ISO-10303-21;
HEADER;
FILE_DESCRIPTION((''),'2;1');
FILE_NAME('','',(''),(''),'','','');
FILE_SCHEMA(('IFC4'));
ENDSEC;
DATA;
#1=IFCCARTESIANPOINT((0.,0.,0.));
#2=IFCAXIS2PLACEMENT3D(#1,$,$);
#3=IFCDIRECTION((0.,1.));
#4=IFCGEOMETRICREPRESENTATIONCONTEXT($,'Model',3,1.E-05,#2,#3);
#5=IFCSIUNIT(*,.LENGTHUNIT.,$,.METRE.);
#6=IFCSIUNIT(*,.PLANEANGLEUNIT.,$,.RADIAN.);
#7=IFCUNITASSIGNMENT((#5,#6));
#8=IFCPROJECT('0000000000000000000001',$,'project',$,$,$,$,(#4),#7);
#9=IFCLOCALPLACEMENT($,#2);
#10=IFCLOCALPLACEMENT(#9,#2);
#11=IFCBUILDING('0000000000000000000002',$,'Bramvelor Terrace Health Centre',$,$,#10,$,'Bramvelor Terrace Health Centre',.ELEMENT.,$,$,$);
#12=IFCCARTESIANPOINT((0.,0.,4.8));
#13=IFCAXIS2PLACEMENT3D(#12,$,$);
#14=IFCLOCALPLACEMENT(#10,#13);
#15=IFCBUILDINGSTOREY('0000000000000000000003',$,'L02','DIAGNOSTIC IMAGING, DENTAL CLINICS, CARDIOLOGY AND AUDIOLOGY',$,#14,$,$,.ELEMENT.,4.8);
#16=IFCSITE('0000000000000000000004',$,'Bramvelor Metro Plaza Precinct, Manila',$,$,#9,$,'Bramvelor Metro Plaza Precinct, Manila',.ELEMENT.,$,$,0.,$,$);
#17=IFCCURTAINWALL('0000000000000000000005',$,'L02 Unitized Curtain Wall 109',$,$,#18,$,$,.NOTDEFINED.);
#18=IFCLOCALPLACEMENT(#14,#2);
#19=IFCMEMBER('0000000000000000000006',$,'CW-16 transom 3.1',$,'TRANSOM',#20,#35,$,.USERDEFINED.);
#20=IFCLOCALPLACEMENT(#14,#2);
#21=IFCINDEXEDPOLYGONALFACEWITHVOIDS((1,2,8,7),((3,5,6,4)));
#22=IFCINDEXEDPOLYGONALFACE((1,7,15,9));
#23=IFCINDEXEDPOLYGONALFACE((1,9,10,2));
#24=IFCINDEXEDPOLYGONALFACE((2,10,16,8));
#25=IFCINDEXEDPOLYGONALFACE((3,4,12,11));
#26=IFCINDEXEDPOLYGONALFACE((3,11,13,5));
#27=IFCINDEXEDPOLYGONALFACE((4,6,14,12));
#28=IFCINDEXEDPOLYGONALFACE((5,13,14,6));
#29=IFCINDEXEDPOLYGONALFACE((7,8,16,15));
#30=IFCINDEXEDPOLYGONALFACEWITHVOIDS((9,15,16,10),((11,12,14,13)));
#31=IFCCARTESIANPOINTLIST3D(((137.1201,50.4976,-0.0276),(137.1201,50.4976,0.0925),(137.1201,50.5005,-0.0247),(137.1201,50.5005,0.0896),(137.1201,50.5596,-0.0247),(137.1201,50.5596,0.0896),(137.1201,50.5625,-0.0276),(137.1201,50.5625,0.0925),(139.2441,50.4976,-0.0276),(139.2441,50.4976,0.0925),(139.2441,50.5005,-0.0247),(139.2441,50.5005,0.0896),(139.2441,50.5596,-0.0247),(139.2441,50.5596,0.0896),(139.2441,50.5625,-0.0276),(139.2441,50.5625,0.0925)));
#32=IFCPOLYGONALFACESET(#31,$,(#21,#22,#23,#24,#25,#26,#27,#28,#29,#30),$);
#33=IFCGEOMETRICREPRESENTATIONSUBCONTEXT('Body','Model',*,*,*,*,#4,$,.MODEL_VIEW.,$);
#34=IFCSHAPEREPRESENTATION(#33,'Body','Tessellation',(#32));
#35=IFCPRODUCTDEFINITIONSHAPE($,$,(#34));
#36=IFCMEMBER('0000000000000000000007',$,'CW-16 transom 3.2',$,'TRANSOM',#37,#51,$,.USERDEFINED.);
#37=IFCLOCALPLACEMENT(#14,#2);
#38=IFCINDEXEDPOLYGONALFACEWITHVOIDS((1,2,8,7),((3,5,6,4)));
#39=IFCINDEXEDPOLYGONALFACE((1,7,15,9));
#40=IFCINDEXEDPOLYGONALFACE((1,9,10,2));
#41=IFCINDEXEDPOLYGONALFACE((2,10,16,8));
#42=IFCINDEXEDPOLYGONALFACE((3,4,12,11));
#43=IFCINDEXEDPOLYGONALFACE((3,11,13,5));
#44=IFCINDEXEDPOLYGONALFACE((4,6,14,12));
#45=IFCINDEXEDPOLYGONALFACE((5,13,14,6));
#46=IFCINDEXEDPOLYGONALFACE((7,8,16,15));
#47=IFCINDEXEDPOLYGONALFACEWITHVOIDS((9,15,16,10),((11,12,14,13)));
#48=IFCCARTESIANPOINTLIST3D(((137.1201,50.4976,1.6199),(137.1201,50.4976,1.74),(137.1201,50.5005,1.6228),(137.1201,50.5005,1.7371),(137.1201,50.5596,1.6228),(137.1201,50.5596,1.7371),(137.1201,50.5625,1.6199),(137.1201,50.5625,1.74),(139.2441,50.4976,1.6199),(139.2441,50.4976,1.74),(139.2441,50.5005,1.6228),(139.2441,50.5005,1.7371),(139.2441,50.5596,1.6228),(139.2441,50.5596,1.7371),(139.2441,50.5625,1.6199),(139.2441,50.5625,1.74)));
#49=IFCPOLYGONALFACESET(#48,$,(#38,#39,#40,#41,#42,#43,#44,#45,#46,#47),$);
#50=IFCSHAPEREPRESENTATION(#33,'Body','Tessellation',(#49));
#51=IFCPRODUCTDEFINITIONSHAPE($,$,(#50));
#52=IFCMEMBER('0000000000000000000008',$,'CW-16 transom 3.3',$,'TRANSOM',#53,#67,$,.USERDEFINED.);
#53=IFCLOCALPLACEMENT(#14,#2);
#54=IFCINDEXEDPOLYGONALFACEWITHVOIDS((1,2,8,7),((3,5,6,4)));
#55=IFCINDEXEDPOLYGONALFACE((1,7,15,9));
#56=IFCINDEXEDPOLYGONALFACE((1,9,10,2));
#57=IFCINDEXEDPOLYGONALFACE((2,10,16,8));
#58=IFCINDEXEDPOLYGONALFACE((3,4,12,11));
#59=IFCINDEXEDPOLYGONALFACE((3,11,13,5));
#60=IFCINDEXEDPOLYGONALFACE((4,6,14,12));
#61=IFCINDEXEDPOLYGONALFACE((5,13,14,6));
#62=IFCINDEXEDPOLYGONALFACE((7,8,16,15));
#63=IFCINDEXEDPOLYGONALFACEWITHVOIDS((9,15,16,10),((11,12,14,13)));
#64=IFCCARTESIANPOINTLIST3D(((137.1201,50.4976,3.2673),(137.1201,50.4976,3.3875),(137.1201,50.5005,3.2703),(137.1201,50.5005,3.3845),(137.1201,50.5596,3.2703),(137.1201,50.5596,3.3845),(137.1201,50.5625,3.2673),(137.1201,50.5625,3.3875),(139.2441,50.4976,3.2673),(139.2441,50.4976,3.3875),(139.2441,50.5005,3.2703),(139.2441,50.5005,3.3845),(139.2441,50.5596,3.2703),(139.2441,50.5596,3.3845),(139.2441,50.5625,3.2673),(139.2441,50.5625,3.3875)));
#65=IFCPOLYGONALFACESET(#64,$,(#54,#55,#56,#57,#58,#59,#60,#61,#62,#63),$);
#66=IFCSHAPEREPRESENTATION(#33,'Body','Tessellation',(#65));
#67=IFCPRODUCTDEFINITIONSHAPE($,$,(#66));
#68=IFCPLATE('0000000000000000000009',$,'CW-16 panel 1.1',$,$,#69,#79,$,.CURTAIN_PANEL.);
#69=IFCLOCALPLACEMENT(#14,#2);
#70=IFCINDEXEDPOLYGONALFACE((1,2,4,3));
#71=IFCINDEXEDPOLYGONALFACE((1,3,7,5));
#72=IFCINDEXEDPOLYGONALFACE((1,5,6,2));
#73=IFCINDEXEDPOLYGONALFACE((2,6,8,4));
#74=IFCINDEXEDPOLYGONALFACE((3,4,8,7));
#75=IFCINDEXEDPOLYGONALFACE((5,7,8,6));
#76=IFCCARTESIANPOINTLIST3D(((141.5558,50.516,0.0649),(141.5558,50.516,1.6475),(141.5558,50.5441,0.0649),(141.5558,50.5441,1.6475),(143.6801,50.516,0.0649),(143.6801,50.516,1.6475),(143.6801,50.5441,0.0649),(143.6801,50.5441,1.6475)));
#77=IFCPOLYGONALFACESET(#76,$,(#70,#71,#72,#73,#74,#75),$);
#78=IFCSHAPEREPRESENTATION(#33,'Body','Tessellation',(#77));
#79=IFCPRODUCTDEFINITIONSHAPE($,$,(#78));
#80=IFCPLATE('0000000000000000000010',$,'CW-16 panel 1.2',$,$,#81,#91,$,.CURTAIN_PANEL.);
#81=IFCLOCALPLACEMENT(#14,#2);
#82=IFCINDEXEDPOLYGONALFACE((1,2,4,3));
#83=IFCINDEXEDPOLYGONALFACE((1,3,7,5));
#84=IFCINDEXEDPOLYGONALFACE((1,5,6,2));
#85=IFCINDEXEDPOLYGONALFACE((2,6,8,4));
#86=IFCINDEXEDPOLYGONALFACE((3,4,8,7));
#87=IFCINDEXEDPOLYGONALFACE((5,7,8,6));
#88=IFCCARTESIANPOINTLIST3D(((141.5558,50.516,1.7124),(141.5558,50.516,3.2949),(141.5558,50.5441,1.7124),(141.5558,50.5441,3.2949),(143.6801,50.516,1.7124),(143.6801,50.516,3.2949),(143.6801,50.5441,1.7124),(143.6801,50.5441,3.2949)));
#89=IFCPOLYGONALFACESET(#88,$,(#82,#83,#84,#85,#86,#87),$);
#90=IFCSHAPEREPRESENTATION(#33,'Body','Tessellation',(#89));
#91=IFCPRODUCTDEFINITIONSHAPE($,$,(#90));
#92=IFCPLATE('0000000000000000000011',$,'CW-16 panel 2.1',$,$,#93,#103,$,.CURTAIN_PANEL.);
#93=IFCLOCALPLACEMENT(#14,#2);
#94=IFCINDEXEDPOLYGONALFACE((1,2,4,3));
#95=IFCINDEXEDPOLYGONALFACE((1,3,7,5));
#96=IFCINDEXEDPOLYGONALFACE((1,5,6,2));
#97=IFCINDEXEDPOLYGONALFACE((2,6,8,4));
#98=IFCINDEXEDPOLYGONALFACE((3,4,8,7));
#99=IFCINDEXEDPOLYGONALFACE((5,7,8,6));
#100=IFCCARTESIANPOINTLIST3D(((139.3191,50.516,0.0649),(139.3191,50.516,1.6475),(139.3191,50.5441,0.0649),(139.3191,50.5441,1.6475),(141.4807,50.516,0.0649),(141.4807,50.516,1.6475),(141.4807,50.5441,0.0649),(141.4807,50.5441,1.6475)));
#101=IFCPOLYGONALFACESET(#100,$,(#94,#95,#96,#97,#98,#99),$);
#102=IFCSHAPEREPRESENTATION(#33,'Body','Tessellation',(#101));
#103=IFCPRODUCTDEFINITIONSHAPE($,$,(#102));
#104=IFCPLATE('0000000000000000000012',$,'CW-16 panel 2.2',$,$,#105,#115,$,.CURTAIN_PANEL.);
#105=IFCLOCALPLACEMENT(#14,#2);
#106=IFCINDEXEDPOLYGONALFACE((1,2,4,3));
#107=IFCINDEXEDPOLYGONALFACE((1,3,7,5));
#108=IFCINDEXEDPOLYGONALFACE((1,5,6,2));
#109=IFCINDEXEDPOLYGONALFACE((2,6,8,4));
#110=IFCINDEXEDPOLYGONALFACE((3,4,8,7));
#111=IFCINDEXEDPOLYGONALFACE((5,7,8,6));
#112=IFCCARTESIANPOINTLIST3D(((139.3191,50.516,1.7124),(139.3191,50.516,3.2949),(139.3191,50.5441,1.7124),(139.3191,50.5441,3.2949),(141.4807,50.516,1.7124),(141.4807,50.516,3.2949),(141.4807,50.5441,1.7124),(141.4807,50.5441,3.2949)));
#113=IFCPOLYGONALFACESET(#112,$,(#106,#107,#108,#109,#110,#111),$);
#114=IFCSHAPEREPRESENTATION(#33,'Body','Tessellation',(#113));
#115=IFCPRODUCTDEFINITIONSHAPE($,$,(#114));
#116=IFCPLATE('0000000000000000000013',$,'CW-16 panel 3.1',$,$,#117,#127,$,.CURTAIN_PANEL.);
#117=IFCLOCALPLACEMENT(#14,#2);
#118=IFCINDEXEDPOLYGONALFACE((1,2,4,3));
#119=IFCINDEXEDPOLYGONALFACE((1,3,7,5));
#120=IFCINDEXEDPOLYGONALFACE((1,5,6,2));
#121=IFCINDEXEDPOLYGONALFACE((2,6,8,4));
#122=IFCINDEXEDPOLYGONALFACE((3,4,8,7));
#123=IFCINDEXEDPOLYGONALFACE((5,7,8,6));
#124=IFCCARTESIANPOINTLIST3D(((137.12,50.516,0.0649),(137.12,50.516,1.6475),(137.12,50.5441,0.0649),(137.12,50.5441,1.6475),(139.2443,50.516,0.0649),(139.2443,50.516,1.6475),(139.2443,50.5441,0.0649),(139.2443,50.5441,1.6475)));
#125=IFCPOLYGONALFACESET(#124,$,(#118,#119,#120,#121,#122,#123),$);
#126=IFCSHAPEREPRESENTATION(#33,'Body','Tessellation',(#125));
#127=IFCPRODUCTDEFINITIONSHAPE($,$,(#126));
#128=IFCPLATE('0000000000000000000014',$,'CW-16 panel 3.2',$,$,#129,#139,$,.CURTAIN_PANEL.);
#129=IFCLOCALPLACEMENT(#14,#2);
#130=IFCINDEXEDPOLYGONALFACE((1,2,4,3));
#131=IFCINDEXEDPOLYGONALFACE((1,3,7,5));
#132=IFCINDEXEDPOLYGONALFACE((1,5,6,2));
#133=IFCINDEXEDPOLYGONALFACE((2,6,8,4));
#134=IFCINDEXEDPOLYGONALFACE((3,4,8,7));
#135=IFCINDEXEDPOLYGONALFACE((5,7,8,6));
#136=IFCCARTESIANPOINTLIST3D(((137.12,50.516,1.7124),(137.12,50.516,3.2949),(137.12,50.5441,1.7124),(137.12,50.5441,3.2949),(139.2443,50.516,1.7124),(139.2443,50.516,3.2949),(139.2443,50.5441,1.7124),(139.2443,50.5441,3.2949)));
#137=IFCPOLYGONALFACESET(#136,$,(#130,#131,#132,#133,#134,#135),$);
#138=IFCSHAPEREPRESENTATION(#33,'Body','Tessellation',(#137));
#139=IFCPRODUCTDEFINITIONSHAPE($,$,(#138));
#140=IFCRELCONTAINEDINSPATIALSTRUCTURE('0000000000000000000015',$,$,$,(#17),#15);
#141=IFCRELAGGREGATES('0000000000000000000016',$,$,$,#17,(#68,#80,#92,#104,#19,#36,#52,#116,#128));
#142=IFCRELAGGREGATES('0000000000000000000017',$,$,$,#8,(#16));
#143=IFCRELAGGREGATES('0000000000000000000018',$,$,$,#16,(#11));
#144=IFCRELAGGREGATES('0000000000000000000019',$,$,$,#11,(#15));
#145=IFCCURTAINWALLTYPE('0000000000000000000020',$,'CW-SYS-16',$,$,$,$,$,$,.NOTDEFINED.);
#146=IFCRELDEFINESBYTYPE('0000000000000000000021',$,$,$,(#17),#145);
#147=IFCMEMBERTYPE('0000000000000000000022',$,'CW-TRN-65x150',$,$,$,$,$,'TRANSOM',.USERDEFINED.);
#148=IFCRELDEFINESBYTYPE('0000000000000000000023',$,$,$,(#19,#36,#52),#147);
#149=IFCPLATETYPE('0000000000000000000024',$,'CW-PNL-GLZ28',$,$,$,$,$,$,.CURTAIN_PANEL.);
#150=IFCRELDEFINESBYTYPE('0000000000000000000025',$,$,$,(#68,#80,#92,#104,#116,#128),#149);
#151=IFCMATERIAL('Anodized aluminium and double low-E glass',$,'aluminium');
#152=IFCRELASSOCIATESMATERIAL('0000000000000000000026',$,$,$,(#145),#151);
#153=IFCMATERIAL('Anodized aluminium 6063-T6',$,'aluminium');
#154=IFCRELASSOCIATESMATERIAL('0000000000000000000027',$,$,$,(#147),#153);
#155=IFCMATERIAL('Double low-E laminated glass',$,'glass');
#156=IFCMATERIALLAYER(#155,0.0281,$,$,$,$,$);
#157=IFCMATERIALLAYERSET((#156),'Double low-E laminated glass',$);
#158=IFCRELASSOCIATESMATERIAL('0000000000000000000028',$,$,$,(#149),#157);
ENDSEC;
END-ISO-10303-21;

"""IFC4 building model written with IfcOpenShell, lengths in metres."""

from ifc_helpers import new_model, si_unit, direction, frame, origin, origin_2d, place, context, subcontext, project, spatial, rectangle, hollow_rectangle, extrude, material, layer, layer_set, material_profile, profile_set, type_object, element, aggregate, save


model = new_model("IFC4")

# Units and contexts
model_context = context("Model", 3, precision=1e-05, world=origin(), true_north=direction((0.0, 1.0)))
body_context = subcontext(model_context, "Body", "Model", "MODEL_VIEW")
ifc_project = project(units=[si_unit("LENGTHUNIT", "METRE"), si_unit("PLANEANGLEUNIT", "RADIAN")], contexts=[model_context])

# Site, building, storey
site_placement = place(None, origin())
site = spatial("IfcSite", under=ifc_project, at=site_placement, Name="Bramvelor Metro Plaza Precinct, Manila", LongName="Bramvelor Metro Plaza Precinct, Manila", CompositionType="ELEMENT", RefElevation=0.0)
building_placement = place(site_placement, origin())
building = spatial("IfcBuilding", under=site, at=building_placement, Name="Bramvelor Terrace Health Centre", LongName="Bramvelor Terrace Health Centre", CompositionType="ELEMENT")
storey_placement = place(building_placement, frame((0.0, 0.0, 4.8)))
storey = spatial("IfcBuildingStorey", under=building, at=storey_placement, Name="L02", Description="DIAGNOSTIC IMAGING, DENTAL CLINICS, CARDIOLOGY AND AUDIOLOGY", CompositionType="ELEMENT", Elevation=4.8)

# Curtain wall, members, plates
ifc_material_1 = material(Name="Anodized aluminium and double low-E glass", Category="aluminium")
curtain_wall_type = type_object("IfcCurtainWallType", Name="CW-SYS-16", PredefinedType="NOTDEFINED", material=ifc_material_1)
curtain_wall_placement = place(storey_placement, origin())
curtain_wall = element("IfcCurtainWall", 1, at=curtain_wall_placement, inside=storey, type_object=curtain_wall_type, Name="L02 Unitized Curtain Wall 109", PredefinedType="NOTDEFINED")
ifc_material_2 = material(Name="Anodized aluminium 6063-T6", Category="aluminium")
ifc_material_profile_1 = material_profile(ifc_material_2, hollow_rectangle(XDim=0.0649, YDim=0.1201, WallThickness=0.0029, at=origin_2d()), Name="ALU-TRN 65x120x3.0")
ifc_profile_set_1 = profile_set([ifc_material_profile_1], Name="Anodized aluminium 6063-T6")
member_type_1 = type_object("IfcMemberType", Name="CW-TRN-65x150", ElementType="TRANSOM", PredefinedType="USERDEFINED", material=ifc_profile_set_1)
member_1_placement = place(storey_placement, frame((139.2441, 50.53, 0.0325), z_axis=(-1.0, 0.0, 0.0), x_axis=(0.0, -1.0, 0.0)))
member_1 = element("IfcMember", 2, at=member_1_placement, type_object=member_type_1, Name="CW-16 transom 3.1", ObjectType="TRANSOM", PredefinedType="USERDEFINED", context=body_context, shape_type="SweptSolid", body=[
    extrude(hollow_rectangle(XDim=0.0649, YDim=0.1201, WallThickness=0.0029, at=origin_2d()), origin(), (0.0, 0.0, 1.0), 2.124),
])
member_2_placement = place(storey_placement, frame((139.2441, 50.53, 1.6799), z_axis=(-1.0, 0.0, 0.0), x_axis=(0.0, -1.0, 0.0)))
member_2 = element("IfcMember", 3, at=member_2_placement, type_object=member_type_1, Name="CW-16 transom 3.2", ObjectType="TRANSOM", PredefinedType="USERDEFINED", context=body_context, shape_type="SweptSolid", body=[
    extrude(hollow_rectangle(XDim=0.0649, YDim=0.1201, WallThickness=0.0029, at=origin_2d()), origin(), (0.0, 0.0, 1.0), 2.124),
])
member_3_placement = place(storey_placement, frame((139.2441, 50.53, 3.3274), z_axis=(-1.0, 0.0, 0.0), x_axis=(0.0, -1.0, 0.0)))
member_3 = element("IfcMember", 4, at=member_3_placement, type_object=member_type_1, Name="CW-16 transom 3.3", ObjectType="TRANSOM", PredefinedType="USERDEFINED", context=body_context, shape_type="SweptSolid", body=[
    extrude(hollow_rectangle(XDim=0.0649, YDim=0.1201, WallThickness=0.0029, at=origin_2d()), origin(), (0.0, 0.0, 1.0), 2.124),
])
ifc_material_3 = material(Name="Double low-E laminated glass", Category="glass")
ifc_layer = layer(ifc_material_3, 0.0281)
ifc_layer_set = layer_set([ifc_layer], Name="Double low-E laminated glass")
plate_type = type_object("IfcPlateType", Name="CW-PNL-GLZ28", PredefinedType="CURTAIN_PANEL", material=ifc_layer_set)
plate_1_placement = place(storey_placement, frame((142.6179, 50.53, 0.0649), z_axis=(0.0, 0.0, 1.0), x_axis=(-1.0, 0.0, 0.0)))
plate_1 = element("IfcPlate", 5, at=plate_1_placement, type_object=plate_type, Name="CW-16 panel 1.1", PredefinedType="CURTAIN_PANEL", context=body_context, shape_type="SweptSolid", body=[
    extrude(rectangle(XDim=2.1243, YDim=0.0281, at=origin_2d()), origin(), (0.0, 0.0, 1.0), 1.5825),
])
plate_2_placement = place(storey_placement, frame((142.6179, 50.53, 1.7124), z_axis=(0.0, 0.0, 1.0), x_axis=(-1.0, 0.0, 0.0)))
plate_2 = element("IfcPlate", 6, at=plate_2_placement, type_object=plate_type, Name="CW-16 panel 1.2", PredefinedType="CURTAIN_PANEL", context=body_context, shape_type="SweptSolid", body=[
    extrude(rectangle(XDim=2.1243, YDim=0.0281, at=origin_2d()), origin(), (0.0, 0.0, 1.0), 1.5825),
])
plate_3_placement = place(storey_placement, frame((140.3999, 50.53, 0.0649), z_axis=(0.0, 0.0, 1.0), x_axis=(-1.0, 0.0, 0.0)))
plate_3 = element("IfcPlate", 7, at=plate_3_placement, type_object=plate_type, Name="CW-16 panel 2.1", PredefinedType="CURTAIN_PANEL", context=body_context, shape_type="SweptSolid", body=[
    extrude(rectangle(XDim=2.1616, YDim=0.0281, at=origin_2d()), origin(), (0.0, 0.0, 1.0), 1.5825),
])
plate_4_placement = place(storey_placement, frame((140.3999, 50.53, 1.7124), z_axis=(0.0, 0.0, 1.0), x_axis=(-1.0, 0.0, 0.0)))
plate_4 = element("IfcPlate", 8, at=plate_4_placement, type_object=plate_type, Name="CW-16 panel 2.2", PredefinedType="CURTAIN_PANEL", context=body_context, shape_type="SweptSolid", body=[
    extrude(rectangle(XDim=2.1616, YDim=0.0281, at=origin_2d()), origin(), (0.0, 0.0, 1.0), 1.5825),
])
plate_5_placement = place(storey_placement, frame((138.1821, 50.53, 0.0649), z_axis=(0.0, 0.0, 1.0), x_axis=(-1.0, 0.0, 0.0)))
plate_5 = element("IfcPlate", 9, at=plate_5_placement, type_object=plate_type, Name="CW-16 panel 3.1", PredefinedType="CURTAIN_PANEL", context=body_context, shape_type="SweptSolid", body=[
    extrude(rectangle(XDim=2.1243, YDim=0.0281, at=origin_2d()), origin(), (0.0, 0.0, 1.0), 1.5825),
])
plate_6_placement = place(storey_placement, frame((138.1821, 50.53, 1.7124), z_axis=(0.0, 0.0, 1.0), x_axis=(-1.0, 0.0, 0.0)))
plate_6 = element("IfcPlate", 10, at=plate_6_placement, type_object=plate_type, Name="CW-16 panel 3.2", PredefinedType="CURTAIN_PANEL", context=body_context, shape_type="SweptSolid", body=[
    extrude(rectangle(XDim=2.1243, YDim=0.0281, at=origin_2d()), origin(), (0.0, 0.0, 1.0), 1.5825),
])
aggregate(curtain_wall, [plate_1, plate_2, plate_3, plate_4, member_1, member_2, member_3, plate_5, plate_6])

save(model, "model.ifc")
